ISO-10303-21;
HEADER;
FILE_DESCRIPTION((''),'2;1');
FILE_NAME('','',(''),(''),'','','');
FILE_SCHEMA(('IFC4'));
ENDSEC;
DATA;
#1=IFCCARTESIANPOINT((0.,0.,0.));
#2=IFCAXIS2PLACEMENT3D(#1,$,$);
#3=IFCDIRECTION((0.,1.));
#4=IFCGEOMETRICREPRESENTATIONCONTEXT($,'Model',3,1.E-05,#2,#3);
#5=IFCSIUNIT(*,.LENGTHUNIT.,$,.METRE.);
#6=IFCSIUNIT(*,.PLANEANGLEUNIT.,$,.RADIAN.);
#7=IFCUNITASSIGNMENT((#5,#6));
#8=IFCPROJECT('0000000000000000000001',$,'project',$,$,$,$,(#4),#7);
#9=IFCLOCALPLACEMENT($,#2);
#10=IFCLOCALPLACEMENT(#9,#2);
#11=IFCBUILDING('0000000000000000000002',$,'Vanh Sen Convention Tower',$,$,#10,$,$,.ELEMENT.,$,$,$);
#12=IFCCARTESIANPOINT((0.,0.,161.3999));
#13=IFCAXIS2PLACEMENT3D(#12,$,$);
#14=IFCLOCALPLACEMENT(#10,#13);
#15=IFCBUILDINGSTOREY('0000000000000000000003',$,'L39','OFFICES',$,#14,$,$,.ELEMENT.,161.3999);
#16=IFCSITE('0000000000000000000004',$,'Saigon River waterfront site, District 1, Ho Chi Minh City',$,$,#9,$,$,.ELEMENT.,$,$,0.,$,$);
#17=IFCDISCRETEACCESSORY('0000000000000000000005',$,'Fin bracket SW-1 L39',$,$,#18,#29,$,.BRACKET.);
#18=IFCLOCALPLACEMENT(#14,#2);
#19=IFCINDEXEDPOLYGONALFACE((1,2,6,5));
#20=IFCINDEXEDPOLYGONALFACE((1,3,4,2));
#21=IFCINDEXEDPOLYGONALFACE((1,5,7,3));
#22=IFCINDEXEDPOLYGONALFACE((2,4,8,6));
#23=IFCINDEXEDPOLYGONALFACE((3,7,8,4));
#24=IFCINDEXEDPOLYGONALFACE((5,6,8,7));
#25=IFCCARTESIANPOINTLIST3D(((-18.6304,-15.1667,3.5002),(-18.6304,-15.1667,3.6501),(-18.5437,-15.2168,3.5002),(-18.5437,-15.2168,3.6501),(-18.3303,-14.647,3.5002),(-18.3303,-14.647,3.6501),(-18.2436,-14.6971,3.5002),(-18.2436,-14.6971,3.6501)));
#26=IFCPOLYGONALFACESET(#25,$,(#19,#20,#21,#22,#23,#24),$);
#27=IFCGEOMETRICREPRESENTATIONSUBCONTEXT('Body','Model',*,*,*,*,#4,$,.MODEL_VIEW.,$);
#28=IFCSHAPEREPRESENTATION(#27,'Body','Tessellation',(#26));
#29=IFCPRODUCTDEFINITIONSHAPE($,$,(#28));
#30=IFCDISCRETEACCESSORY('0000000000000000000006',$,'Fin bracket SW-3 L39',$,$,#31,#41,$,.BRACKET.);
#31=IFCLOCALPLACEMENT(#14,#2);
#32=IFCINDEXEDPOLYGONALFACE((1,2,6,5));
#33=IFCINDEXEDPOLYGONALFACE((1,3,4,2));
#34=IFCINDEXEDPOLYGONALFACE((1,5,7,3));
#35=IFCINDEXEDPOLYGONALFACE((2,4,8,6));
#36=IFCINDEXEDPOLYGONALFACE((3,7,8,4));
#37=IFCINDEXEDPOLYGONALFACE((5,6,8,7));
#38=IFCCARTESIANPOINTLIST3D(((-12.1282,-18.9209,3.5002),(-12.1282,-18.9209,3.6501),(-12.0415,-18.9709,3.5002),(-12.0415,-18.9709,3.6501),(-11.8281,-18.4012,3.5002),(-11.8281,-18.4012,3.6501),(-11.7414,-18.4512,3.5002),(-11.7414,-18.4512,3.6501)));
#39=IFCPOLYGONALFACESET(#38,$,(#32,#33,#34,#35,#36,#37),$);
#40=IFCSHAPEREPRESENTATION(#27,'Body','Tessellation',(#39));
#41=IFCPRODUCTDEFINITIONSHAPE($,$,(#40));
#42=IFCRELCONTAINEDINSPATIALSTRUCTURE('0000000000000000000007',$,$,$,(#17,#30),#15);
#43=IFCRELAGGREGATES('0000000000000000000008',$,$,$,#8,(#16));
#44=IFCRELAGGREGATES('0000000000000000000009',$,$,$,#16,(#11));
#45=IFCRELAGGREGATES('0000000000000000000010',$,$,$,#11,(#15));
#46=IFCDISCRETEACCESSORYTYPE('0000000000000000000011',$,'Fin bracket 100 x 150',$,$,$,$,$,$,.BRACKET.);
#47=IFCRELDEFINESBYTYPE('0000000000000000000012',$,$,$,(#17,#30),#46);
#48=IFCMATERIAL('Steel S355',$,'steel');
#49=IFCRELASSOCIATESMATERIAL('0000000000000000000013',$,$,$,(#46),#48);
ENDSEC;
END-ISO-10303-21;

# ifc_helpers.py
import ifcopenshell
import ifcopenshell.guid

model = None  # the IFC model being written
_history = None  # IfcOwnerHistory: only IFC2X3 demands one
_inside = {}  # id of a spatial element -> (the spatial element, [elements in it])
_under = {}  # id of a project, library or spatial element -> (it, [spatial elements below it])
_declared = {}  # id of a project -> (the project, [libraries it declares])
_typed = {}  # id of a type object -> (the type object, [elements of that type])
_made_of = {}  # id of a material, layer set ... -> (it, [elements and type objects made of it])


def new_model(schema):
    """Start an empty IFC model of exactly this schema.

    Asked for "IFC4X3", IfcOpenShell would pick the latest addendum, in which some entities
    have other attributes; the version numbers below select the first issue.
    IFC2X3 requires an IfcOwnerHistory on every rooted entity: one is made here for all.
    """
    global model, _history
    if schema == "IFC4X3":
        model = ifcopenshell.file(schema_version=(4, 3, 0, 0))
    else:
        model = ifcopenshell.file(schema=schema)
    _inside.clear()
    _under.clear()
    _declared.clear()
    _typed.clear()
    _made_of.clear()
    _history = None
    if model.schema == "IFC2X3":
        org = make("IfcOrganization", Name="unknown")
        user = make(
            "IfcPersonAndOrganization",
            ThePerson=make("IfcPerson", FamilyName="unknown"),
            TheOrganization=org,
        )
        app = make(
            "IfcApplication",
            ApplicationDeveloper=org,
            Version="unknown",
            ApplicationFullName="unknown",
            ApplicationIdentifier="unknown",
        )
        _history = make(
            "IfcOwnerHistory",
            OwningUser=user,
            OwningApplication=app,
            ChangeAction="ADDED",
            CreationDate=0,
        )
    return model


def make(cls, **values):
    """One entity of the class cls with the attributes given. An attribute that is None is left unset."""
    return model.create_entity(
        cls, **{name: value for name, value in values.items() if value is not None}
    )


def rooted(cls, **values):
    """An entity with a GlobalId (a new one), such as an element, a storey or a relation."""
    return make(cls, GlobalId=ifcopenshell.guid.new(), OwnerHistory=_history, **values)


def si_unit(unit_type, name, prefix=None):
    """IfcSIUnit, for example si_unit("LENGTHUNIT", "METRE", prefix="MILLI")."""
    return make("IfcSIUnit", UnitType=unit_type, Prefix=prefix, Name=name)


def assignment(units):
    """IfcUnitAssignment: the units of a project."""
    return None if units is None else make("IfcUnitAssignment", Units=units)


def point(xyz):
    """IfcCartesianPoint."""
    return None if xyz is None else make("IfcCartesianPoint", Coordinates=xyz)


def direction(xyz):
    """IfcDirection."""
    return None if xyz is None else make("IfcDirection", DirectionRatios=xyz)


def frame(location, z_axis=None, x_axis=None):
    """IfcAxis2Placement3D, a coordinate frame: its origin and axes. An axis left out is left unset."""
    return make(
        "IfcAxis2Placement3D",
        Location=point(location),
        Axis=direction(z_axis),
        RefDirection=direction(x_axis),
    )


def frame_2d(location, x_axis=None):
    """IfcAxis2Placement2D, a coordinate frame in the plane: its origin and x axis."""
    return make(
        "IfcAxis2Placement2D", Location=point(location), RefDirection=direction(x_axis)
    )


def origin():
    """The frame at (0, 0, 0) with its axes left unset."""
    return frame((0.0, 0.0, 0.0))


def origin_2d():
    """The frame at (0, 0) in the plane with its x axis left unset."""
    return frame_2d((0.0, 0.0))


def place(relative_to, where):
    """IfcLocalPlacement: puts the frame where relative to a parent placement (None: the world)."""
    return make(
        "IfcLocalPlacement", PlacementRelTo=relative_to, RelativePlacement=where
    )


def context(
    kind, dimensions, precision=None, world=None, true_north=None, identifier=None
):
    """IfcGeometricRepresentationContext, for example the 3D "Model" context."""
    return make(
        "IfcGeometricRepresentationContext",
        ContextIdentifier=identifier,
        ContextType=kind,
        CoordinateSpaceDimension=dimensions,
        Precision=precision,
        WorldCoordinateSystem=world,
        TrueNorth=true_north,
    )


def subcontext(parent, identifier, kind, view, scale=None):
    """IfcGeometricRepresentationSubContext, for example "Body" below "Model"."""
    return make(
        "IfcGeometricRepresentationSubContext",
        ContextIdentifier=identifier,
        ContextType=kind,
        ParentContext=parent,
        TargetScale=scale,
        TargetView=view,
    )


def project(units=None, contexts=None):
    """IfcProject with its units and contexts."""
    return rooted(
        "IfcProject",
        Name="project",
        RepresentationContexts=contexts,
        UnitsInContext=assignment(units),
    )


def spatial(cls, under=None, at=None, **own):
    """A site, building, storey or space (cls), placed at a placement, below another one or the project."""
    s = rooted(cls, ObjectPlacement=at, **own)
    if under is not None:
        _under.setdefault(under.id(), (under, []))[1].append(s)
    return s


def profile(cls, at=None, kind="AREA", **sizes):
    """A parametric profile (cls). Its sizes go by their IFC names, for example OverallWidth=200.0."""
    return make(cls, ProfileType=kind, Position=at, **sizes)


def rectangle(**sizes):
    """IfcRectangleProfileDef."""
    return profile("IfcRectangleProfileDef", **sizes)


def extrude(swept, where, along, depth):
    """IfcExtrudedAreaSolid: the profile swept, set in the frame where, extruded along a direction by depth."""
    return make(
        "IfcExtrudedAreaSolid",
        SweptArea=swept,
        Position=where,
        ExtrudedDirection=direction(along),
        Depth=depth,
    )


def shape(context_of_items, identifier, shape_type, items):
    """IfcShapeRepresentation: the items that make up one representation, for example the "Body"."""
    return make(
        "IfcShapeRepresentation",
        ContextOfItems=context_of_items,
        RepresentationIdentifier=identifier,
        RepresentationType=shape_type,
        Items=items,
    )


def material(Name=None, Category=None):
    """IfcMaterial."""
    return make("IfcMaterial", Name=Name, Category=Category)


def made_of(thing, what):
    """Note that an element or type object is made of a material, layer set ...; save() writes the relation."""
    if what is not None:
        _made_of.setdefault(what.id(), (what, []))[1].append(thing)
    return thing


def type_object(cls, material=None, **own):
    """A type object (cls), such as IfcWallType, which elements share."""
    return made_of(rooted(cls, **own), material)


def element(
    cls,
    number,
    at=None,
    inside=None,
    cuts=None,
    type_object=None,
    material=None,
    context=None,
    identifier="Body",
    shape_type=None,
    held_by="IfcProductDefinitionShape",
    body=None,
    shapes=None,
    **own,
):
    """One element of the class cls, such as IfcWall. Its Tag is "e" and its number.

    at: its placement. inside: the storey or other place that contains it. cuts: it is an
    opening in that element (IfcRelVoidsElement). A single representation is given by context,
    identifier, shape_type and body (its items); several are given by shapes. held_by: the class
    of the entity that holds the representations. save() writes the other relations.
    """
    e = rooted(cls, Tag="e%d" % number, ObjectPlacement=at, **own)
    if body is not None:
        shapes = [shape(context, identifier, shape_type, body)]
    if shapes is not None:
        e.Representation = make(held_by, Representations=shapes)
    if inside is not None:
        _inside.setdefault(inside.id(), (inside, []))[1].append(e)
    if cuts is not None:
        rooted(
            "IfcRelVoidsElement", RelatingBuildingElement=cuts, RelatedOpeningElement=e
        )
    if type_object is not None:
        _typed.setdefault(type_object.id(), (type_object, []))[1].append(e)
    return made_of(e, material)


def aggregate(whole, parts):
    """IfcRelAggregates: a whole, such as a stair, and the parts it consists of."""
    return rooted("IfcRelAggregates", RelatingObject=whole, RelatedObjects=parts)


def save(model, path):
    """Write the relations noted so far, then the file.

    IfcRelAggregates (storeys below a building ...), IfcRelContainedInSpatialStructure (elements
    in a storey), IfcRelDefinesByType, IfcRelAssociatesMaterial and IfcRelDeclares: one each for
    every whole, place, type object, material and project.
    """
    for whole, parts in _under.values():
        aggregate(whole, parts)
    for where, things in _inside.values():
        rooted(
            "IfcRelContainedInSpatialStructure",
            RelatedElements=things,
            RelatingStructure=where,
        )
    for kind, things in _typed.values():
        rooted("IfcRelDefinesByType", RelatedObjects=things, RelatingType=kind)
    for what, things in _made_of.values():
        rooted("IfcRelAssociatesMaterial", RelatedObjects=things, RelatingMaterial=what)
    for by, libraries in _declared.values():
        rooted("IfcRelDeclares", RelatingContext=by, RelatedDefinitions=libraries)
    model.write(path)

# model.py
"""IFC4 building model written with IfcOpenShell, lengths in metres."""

from ifc_helpers import new_model, si_unit, direction, frame, origin, origin_2d, place, context, subcontext, project, spatial, rectangle, extrude, material, type_object, element, save


model = new_model("IFC4")

# Units and contexts
model_context = context("Model", 3, precision=1e-05, world=origin(), true_north=direction((0.0, 1.0)))
body_context = subcontext(model_context, "Body", "Model", "MODEL_VIEW")
ifc_project = project(units=[si_unit("LENGTHUNIT", "METRE"), si_unit("PLANEANGLEUNIT", "RADIAN")], contexts=[model_context])

# Site, building, storey
site_placement = place(None, origin())
site = spatial("IfcSite", under=ifc_project, at=site_placement, Name="Saigon River waterfront site, District 1, Ho Chi Minh City", CompositionType="ELEMENT", RefElevation=0.0)
building_placement = place(site_placement, origin())
building = spatial("IfcBuilding", under=site, at=building_placement, Name="Vanh Sen Convention Tower", CompositionType="ELEMENT")
storey_placement = place(building_placement, frame((0.0, 0.0, 161.3999)))
storey = spatial("IfcBuildingStorey", under=building, at=storey_placement, Name="L39", Description="OFFICES", CompositionType="ELEMENT", Elevation=161.3999)

# Discrete accessories
ifc_material_1 = material(Name="Steel S355", Category="steel")
discrete_accessory_type = type_object("IfcDiscreteAccessoryType", Name="Fin bracket 100 x 150", PredefinedType="BRACKET", material=ifc_material_1)
for number, where, z_axis, x_axis, name in (
    (1, (-18.437, -14.9319, 3.5002), (0.0, 0.0, 1.0), (-0.5, -0.866025, 0.0), "Fin bracket SW-1 L39"),
    (2, (-11.9348, -18.686, 3.5002), (0.0, 0.0, 1.0), (-0.5, -0.866025, 0.0), "Fin bracket SW-3 L39"),
):
    element("IfcDiscreteAccessory", number, at=place(storey_placement, frame(where, z_axis=z_axis, x_axis=x_axis)), inside=storey, type_object=discrete_accessory_type, Name=name, PredefinedType="BRACKET", context=body_context, shape_type="SweptSolid", body=[
        extrude(rectangle(XDim=0.6001, YDim=0.1001, at=origin_2d()), origin(), (0.0, 0.0, 1.0), 0.1499),
    ])

save(model, "model.ifc")
